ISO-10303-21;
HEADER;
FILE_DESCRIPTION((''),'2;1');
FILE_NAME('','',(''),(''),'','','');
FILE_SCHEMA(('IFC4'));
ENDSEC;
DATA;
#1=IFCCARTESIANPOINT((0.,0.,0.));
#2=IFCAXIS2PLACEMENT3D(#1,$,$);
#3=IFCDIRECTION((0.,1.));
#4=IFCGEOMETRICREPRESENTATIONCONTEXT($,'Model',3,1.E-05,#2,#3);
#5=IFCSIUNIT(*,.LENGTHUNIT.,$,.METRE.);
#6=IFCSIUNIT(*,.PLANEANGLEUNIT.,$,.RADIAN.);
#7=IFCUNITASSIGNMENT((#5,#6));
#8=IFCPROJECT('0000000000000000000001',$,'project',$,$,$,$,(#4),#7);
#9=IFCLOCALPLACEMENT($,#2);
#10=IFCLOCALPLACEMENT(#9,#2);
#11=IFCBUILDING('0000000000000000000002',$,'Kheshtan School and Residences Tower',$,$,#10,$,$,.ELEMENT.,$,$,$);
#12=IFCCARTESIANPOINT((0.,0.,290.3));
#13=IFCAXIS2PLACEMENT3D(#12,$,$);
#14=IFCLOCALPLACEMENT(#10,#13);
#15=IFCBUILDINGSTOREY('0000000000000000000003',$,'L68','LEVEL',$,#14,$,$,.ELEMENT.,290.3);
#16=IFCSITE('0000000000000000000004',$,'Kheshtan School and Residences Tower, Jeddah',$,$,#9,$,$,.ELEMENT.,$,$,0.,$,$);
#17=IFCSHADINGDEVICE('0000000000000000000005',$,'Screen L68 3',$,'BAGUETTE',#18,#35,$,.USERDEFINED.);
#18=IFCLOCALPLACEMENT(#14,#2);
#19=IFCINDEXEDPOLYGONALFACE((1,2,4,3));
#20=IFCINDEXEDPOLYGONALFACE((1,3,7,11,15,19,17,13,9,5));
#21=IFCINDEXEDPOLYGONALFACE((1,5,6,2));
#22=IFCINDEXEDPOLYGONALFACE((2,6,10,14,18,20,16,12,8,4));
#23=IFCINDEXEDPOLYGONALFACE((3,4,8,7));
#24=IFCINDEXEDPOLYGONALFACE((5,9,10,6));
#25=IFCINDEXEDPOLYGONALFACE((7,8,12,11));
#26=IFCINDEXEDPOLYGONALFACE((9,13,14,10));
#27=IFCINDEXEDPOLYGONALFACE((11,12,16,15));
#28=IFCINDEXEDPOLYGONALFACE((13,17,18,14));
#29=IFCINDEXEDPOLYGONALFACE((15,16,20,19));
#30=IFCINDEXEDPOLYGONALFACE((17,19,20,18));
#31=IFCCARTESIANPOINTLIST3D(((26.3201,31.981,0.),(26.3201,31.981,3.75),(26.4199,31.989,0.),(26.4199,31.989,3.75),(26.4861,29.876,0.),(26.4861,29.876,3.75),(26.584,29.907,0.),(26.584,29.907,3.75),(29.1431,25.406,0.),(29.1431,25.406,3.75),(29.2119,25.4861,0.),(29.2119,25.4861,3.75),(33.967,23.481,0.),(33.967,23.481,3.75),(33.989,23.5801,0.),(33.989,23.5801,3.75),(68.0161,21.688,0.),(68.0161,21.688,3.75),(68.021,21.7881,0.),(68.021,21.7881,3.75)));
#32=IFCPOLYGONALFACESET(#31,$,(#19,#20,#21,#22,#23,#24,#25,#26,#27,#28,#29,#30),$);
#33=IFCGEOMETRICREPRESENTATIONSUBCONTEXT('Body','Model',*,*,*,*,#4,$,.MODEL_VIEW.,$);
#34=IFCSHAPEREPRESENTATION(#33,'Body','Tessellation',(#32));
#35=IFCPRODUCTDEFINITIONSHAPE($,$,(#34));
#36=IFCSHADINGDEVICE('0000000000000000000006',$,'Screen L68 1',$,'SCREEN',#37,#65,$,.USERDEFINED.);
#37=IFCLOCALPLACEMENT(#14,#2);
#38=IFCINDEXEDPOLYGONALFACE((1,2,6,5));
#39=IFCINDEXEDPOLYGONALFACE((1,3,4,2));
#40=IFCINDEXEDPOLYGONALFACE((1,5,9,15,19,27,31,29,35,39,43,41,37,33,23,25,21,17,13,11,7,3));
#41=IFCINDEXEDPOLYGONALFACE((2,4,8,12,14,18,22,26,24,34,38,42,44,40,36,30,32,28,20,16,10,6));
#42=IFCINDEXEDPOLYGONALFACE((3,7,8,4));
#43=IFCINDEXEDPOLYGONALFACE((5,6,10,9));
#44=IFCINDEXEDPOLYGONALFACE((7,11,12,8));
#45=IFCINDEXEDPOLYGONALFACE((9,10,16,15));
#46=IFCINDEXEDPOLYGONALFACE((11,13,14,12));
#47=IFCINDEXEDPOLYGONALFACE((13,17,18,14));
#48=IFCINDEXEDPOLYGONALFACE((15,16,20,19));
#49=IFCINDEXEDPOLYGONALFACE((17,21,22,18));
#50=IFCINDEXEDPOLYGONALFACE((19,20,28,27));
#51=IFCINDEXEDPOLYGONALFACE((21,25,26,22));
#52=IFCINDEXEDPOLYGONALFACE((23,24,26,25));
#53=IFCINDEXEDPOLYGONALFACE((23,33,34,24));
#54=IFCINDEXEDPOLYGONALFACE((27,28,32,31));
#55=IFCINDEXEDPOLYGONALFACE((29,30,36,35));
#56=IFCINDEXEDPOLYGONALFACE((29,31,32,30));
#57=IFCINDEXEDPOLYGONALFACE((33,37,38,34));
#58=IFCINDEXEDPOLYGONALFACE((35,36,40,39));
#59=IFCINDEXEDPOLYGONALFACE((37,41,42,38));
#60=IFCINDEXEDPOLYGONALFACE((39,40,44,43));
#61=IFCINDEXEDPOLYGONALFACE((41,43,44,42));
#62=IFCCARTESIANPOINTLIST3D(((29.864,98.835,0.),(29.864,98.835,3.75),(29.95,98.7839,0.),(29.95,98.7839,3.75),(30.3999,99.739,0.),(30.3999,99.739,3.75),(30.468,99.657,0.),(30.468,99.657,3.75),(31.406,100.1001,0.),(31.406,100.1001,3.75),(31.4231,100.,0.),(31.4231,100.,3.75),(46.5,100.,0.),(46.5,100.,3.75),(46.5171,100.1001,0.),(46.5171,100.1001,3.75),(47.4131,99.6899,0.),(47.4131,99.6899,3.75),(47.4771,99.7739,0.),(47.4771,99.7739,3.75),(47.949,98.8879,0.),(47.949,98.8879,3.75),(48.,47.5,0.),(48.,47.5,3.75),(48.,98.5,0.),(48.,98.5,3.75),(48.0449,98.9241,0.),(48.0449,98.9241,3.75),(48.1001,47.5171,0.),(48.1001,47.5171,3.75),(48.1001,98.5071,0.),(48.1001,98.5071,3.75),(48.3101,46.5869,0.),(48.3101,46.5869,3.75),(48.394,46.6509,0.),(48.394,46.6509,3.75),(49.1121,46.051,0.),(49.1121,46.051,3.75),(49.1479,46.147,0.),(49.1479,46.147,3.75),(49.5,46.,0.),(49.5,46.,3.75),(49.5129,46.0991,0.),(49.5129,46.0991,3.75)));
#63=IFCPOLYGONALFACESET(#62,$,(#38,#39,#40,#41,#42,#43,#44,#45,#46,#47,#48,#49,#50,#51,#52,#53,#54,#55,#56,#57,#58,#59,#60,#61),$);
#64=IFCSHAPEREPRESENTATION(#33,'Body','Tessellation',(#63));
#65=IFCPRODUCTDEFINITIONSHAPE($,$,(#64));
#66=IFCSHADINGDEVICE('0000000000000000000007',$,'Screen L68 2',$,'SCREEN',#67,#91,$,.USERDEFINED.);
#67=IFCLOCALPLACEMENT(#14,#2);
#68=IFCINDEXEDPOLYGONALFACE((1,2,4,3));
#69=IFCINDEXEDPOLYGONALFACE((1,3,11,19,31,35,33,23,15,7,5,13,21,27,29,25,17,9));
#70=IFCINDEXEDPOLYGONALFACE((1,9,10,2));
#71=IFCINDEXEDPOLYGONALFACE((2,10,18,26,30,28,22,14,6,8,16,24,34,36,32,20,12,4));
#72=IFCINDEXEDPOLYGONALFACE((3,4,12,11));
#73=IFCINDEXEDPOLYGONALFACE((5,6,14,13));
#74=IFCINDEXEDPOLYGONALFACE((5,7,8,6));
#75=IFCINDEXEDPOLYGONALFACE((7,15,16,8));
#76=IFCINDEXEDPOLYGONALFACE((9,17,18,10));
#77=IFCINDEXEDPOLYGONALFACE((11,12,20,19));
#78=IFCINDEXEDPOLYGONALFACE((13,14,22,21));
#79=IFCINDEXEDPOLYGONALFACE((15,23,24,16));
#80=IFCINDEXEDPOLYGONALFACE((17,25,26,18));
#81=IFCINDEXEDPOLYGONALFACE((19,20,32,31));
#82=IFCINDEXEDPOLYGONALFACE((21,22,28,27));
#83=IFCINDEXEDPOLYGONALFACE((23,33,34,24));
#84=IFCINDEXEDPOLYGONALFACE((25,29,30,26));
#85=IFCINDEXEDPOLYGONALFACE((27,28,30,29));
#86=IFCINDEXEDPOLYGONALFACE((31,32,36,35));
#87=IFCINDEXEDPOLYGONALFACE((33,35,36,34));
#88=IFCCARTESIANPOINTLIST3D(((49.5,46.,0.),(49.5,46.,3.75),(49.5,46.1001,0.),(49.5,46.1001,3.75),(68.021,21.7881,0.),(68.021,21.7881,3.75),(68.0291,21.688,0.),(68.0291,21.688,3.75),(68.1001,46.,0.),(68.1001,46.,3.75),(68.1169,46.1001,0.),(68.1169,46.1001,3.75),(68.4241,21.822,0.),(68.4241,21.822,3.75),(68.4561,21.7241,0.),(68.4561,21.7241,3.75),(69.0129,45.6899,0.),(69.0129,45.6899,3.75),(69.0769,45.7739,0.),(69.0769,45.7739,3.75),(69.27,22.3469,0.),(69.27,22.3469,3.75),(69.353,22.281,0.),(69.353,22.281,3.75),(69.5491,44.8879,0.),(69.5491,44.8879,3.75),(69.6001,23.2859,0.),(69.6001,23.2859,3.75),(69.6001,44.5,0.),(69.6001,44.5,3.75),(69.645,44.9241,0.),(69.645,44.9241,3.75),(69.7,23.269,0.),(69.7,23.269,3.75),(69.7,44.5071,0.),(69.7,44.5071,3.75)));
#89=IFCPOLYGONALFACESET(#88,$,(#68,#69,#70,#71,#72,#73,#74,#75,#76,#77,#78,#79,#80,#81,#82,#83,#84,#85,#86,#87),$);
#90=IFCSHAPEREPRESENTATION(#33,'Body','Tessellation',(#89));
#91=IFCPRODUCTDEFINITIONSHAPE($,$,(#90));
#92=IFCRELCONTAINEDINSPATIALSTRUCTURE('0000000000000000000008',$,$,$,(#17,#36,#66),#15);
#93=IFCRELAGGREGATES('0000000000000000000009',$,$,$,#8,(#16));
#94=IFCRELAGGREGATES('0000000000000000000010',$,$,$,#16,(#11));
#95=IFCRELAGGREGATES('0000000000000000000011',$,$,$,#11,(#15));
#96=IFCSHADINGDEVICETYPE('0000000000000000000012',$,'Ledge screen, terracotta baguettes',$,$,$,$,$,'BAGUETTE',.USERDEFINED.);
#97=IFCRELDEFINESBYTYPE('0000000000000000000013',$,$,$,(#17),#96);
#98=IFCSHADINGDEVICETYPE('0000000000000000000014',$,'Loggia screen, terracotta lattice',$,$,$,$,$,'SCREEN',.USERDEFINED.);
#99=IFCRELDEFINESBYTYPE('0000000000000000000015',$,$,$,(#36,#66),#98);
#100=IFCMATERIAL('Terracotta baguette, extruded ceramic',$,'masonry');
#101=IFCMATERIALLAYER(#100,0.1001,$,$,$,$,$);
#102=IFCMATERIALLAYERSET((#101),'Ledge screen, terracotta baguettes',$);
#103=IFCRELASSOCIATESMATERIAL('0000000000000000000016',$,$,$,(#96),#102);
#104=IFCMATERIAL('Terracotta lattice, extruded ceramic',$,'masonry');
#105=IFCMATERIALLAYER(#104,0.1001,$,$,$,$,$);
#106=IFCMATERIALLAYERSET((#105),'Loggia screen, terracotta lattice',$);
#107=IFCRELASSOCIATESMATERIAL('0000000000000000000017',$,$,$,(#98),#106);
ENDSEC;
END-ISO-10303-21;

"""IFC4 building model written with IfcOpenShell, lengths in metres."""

from ifc_helpers import new_model, si_unit, direction, frame, origin, place, context, subcontext, project, spatial, polyline, outline, extrude, material, layer, layer_set, type_object, element, save


model = new_model("IFC4")

# Units and contexts
model_context = context("Model", 3, precision=1e-05, world=origin(), true_north=direction((0.0, 1.0)))
body_context = subcontext(model_context, "Body", "Model", "MODEL_VIEW")
ifc_project = project(units=[si_unit("LENGTHUNIT", "METRE"), si_unit("PLANEANGLEUNIT", "RADIAN")], contexts=[model_context])

# Site, building, storey
site_placement = place(None, origin())
site = spatial("IfcSite", under=ifc_project, at=site_placement, Name="Kheshtan School and Residences Tower, Jeddah", CompositionType="ELEMENT", RefElevation=0.0)
building_placement = place(site_placement, origin())
building = spatial("IfcBuilding", under=site, at=building_placement, Name="Kheshtan School and Residences Tower", CompositionType="ELEMENT")
storey_placement = place(building_placement, frame((0.0, 0.0, 290.3)))
storey = spatial("IfcBuildingStorey", under=building, at=storey_placement, Name="L68", Description="LEVEL", CompositionType="ELEMENT", Elevation=290.3)

# Shading devices
ifc_material_1 = material(Name="Terracotta baguette, extruded ceramic", Category="masonry")
ifc_layer_1 = layer(ifc_material_1, 0.1001)
ifc_layer_set_1 = layer_set([ifc_layer_1], Name="Ledge screen, terracotta baguettes")
shading_device_type_1 = type_object("IfcShadingDeviceType", Name="Ledge screen, terracotta baguettes", ElementType="BAGUETTE", PredefinedType="USERDEFINED", material=ifc_layer_set_1)
shading_device_1_placement = place(storey_placement, origin())
element("IfcShadingDevice", 1, at=shading_device_1_placement, inside=storey, type_object=shading_device_type_1, Name="Screen L68 3", ObjectType="BAGUETTE", PredefinedType="USERDEFINED", context=body_context, shape_type="SweptSolid", body=[
    extrude(outline(polyline([(68.021, 21.7881), (33.989, 23.5801), (29.2119, 25.4861), (26.584, 29.907), (26.4199, 31.989), (26.3201, 31.981), (26.4861, 29.876), (29.1431, 25.406), (33.967, 23.481), (68.0161, 21.688), (68.021, 21.7881)])), origin(), (0.0, 0.0, 1.0), 3.75),
])
ifc_material_2 = material(Name="Terracotta lattice, extruded ceramic", Category="masonry")
ifc_layer_2 = layer(ifc_material_2, 0.1001)
ifc_layer_set_2 = layer_set([ifc_layer_2], Name="Loggia screen, terracotta lattice")
shading_device_type_2 = type_object("IfcShadingDeviceType", Name="Loggia screen, terracotta lattice", ElementType="SCREEN", PredefinedType="USERDEFINED", material=ifc_layer_set_2)
shading_device_2_placement = place(storey_placement, origin())
element("IfcShadingDevice", 2, at=shading_device_2_placement, inside=storey, type_object=shading_device_type_2, Name="Screen L68 1", ObjectType="SCREEN", PredefinedType="USERDEFINED", context=body_context, shape_type="SweptSolid", body=[
    extrude(outline(polyline([(29.95, 98.7839), (30.468, 99.657), (31.4231, 100.0), (46.5, 100.0), (47.4131, 99.6899), (47.949, 98.8879), (48.0, 98.5), (48.0, 47.5), (48.3101, 46.5869), (49.1121, 46.051), (49.5, 46.0), (49.5129, 46.0991), (49.1479, 46.147), (48.394, 46.6509), (48.1001, 47.5171), (48.1001, 98.5071), (48.0449, 98.9241), (47.4771, 99.7739), (46.5171, 100.1001), (31.406, 100.1001), (30.3999, 99.739), (29.864, 98.835), (29.95, 98.7839)])), origin(), (0.0, 0.0, 1.0), 3.75),
])
shading_device_3_placement = place(storey_placement, origin())
element("IfcShadingDevice", 3, at=shading_device_3_placement, inside=storey, type_object=shading_device_type_2, Name="Screen L68 2", ObjectType="SCREEN", PredefinedType="USERDEFINED", context=body_context, shape_type="SweptSolid", body=[
    extrude(outline(polyline([(49.5, 46.0), (68.1001, 46.0), (69.0129, 45.6899), (69.5491, 44.8879), (69.6001, 44.5), (69.6001, 23.2859), (69.27, 22.3469), (68.4241, 21.822), (68.021, 21.7881), (68.0291, 21.688), (68.4561, 21.7241), (69.353, 22.281), (69.7, 23.269), (69.7, 44.5071), (69.645, 44.9241), (69.0769, 45.7739), (68.1169, 46.1001), (49.5, 46.1001), (49.5, 46.0)])), origin(), (0.0, 0.0, 1.0), 3.75),
])

save(model, "model.ifc")
